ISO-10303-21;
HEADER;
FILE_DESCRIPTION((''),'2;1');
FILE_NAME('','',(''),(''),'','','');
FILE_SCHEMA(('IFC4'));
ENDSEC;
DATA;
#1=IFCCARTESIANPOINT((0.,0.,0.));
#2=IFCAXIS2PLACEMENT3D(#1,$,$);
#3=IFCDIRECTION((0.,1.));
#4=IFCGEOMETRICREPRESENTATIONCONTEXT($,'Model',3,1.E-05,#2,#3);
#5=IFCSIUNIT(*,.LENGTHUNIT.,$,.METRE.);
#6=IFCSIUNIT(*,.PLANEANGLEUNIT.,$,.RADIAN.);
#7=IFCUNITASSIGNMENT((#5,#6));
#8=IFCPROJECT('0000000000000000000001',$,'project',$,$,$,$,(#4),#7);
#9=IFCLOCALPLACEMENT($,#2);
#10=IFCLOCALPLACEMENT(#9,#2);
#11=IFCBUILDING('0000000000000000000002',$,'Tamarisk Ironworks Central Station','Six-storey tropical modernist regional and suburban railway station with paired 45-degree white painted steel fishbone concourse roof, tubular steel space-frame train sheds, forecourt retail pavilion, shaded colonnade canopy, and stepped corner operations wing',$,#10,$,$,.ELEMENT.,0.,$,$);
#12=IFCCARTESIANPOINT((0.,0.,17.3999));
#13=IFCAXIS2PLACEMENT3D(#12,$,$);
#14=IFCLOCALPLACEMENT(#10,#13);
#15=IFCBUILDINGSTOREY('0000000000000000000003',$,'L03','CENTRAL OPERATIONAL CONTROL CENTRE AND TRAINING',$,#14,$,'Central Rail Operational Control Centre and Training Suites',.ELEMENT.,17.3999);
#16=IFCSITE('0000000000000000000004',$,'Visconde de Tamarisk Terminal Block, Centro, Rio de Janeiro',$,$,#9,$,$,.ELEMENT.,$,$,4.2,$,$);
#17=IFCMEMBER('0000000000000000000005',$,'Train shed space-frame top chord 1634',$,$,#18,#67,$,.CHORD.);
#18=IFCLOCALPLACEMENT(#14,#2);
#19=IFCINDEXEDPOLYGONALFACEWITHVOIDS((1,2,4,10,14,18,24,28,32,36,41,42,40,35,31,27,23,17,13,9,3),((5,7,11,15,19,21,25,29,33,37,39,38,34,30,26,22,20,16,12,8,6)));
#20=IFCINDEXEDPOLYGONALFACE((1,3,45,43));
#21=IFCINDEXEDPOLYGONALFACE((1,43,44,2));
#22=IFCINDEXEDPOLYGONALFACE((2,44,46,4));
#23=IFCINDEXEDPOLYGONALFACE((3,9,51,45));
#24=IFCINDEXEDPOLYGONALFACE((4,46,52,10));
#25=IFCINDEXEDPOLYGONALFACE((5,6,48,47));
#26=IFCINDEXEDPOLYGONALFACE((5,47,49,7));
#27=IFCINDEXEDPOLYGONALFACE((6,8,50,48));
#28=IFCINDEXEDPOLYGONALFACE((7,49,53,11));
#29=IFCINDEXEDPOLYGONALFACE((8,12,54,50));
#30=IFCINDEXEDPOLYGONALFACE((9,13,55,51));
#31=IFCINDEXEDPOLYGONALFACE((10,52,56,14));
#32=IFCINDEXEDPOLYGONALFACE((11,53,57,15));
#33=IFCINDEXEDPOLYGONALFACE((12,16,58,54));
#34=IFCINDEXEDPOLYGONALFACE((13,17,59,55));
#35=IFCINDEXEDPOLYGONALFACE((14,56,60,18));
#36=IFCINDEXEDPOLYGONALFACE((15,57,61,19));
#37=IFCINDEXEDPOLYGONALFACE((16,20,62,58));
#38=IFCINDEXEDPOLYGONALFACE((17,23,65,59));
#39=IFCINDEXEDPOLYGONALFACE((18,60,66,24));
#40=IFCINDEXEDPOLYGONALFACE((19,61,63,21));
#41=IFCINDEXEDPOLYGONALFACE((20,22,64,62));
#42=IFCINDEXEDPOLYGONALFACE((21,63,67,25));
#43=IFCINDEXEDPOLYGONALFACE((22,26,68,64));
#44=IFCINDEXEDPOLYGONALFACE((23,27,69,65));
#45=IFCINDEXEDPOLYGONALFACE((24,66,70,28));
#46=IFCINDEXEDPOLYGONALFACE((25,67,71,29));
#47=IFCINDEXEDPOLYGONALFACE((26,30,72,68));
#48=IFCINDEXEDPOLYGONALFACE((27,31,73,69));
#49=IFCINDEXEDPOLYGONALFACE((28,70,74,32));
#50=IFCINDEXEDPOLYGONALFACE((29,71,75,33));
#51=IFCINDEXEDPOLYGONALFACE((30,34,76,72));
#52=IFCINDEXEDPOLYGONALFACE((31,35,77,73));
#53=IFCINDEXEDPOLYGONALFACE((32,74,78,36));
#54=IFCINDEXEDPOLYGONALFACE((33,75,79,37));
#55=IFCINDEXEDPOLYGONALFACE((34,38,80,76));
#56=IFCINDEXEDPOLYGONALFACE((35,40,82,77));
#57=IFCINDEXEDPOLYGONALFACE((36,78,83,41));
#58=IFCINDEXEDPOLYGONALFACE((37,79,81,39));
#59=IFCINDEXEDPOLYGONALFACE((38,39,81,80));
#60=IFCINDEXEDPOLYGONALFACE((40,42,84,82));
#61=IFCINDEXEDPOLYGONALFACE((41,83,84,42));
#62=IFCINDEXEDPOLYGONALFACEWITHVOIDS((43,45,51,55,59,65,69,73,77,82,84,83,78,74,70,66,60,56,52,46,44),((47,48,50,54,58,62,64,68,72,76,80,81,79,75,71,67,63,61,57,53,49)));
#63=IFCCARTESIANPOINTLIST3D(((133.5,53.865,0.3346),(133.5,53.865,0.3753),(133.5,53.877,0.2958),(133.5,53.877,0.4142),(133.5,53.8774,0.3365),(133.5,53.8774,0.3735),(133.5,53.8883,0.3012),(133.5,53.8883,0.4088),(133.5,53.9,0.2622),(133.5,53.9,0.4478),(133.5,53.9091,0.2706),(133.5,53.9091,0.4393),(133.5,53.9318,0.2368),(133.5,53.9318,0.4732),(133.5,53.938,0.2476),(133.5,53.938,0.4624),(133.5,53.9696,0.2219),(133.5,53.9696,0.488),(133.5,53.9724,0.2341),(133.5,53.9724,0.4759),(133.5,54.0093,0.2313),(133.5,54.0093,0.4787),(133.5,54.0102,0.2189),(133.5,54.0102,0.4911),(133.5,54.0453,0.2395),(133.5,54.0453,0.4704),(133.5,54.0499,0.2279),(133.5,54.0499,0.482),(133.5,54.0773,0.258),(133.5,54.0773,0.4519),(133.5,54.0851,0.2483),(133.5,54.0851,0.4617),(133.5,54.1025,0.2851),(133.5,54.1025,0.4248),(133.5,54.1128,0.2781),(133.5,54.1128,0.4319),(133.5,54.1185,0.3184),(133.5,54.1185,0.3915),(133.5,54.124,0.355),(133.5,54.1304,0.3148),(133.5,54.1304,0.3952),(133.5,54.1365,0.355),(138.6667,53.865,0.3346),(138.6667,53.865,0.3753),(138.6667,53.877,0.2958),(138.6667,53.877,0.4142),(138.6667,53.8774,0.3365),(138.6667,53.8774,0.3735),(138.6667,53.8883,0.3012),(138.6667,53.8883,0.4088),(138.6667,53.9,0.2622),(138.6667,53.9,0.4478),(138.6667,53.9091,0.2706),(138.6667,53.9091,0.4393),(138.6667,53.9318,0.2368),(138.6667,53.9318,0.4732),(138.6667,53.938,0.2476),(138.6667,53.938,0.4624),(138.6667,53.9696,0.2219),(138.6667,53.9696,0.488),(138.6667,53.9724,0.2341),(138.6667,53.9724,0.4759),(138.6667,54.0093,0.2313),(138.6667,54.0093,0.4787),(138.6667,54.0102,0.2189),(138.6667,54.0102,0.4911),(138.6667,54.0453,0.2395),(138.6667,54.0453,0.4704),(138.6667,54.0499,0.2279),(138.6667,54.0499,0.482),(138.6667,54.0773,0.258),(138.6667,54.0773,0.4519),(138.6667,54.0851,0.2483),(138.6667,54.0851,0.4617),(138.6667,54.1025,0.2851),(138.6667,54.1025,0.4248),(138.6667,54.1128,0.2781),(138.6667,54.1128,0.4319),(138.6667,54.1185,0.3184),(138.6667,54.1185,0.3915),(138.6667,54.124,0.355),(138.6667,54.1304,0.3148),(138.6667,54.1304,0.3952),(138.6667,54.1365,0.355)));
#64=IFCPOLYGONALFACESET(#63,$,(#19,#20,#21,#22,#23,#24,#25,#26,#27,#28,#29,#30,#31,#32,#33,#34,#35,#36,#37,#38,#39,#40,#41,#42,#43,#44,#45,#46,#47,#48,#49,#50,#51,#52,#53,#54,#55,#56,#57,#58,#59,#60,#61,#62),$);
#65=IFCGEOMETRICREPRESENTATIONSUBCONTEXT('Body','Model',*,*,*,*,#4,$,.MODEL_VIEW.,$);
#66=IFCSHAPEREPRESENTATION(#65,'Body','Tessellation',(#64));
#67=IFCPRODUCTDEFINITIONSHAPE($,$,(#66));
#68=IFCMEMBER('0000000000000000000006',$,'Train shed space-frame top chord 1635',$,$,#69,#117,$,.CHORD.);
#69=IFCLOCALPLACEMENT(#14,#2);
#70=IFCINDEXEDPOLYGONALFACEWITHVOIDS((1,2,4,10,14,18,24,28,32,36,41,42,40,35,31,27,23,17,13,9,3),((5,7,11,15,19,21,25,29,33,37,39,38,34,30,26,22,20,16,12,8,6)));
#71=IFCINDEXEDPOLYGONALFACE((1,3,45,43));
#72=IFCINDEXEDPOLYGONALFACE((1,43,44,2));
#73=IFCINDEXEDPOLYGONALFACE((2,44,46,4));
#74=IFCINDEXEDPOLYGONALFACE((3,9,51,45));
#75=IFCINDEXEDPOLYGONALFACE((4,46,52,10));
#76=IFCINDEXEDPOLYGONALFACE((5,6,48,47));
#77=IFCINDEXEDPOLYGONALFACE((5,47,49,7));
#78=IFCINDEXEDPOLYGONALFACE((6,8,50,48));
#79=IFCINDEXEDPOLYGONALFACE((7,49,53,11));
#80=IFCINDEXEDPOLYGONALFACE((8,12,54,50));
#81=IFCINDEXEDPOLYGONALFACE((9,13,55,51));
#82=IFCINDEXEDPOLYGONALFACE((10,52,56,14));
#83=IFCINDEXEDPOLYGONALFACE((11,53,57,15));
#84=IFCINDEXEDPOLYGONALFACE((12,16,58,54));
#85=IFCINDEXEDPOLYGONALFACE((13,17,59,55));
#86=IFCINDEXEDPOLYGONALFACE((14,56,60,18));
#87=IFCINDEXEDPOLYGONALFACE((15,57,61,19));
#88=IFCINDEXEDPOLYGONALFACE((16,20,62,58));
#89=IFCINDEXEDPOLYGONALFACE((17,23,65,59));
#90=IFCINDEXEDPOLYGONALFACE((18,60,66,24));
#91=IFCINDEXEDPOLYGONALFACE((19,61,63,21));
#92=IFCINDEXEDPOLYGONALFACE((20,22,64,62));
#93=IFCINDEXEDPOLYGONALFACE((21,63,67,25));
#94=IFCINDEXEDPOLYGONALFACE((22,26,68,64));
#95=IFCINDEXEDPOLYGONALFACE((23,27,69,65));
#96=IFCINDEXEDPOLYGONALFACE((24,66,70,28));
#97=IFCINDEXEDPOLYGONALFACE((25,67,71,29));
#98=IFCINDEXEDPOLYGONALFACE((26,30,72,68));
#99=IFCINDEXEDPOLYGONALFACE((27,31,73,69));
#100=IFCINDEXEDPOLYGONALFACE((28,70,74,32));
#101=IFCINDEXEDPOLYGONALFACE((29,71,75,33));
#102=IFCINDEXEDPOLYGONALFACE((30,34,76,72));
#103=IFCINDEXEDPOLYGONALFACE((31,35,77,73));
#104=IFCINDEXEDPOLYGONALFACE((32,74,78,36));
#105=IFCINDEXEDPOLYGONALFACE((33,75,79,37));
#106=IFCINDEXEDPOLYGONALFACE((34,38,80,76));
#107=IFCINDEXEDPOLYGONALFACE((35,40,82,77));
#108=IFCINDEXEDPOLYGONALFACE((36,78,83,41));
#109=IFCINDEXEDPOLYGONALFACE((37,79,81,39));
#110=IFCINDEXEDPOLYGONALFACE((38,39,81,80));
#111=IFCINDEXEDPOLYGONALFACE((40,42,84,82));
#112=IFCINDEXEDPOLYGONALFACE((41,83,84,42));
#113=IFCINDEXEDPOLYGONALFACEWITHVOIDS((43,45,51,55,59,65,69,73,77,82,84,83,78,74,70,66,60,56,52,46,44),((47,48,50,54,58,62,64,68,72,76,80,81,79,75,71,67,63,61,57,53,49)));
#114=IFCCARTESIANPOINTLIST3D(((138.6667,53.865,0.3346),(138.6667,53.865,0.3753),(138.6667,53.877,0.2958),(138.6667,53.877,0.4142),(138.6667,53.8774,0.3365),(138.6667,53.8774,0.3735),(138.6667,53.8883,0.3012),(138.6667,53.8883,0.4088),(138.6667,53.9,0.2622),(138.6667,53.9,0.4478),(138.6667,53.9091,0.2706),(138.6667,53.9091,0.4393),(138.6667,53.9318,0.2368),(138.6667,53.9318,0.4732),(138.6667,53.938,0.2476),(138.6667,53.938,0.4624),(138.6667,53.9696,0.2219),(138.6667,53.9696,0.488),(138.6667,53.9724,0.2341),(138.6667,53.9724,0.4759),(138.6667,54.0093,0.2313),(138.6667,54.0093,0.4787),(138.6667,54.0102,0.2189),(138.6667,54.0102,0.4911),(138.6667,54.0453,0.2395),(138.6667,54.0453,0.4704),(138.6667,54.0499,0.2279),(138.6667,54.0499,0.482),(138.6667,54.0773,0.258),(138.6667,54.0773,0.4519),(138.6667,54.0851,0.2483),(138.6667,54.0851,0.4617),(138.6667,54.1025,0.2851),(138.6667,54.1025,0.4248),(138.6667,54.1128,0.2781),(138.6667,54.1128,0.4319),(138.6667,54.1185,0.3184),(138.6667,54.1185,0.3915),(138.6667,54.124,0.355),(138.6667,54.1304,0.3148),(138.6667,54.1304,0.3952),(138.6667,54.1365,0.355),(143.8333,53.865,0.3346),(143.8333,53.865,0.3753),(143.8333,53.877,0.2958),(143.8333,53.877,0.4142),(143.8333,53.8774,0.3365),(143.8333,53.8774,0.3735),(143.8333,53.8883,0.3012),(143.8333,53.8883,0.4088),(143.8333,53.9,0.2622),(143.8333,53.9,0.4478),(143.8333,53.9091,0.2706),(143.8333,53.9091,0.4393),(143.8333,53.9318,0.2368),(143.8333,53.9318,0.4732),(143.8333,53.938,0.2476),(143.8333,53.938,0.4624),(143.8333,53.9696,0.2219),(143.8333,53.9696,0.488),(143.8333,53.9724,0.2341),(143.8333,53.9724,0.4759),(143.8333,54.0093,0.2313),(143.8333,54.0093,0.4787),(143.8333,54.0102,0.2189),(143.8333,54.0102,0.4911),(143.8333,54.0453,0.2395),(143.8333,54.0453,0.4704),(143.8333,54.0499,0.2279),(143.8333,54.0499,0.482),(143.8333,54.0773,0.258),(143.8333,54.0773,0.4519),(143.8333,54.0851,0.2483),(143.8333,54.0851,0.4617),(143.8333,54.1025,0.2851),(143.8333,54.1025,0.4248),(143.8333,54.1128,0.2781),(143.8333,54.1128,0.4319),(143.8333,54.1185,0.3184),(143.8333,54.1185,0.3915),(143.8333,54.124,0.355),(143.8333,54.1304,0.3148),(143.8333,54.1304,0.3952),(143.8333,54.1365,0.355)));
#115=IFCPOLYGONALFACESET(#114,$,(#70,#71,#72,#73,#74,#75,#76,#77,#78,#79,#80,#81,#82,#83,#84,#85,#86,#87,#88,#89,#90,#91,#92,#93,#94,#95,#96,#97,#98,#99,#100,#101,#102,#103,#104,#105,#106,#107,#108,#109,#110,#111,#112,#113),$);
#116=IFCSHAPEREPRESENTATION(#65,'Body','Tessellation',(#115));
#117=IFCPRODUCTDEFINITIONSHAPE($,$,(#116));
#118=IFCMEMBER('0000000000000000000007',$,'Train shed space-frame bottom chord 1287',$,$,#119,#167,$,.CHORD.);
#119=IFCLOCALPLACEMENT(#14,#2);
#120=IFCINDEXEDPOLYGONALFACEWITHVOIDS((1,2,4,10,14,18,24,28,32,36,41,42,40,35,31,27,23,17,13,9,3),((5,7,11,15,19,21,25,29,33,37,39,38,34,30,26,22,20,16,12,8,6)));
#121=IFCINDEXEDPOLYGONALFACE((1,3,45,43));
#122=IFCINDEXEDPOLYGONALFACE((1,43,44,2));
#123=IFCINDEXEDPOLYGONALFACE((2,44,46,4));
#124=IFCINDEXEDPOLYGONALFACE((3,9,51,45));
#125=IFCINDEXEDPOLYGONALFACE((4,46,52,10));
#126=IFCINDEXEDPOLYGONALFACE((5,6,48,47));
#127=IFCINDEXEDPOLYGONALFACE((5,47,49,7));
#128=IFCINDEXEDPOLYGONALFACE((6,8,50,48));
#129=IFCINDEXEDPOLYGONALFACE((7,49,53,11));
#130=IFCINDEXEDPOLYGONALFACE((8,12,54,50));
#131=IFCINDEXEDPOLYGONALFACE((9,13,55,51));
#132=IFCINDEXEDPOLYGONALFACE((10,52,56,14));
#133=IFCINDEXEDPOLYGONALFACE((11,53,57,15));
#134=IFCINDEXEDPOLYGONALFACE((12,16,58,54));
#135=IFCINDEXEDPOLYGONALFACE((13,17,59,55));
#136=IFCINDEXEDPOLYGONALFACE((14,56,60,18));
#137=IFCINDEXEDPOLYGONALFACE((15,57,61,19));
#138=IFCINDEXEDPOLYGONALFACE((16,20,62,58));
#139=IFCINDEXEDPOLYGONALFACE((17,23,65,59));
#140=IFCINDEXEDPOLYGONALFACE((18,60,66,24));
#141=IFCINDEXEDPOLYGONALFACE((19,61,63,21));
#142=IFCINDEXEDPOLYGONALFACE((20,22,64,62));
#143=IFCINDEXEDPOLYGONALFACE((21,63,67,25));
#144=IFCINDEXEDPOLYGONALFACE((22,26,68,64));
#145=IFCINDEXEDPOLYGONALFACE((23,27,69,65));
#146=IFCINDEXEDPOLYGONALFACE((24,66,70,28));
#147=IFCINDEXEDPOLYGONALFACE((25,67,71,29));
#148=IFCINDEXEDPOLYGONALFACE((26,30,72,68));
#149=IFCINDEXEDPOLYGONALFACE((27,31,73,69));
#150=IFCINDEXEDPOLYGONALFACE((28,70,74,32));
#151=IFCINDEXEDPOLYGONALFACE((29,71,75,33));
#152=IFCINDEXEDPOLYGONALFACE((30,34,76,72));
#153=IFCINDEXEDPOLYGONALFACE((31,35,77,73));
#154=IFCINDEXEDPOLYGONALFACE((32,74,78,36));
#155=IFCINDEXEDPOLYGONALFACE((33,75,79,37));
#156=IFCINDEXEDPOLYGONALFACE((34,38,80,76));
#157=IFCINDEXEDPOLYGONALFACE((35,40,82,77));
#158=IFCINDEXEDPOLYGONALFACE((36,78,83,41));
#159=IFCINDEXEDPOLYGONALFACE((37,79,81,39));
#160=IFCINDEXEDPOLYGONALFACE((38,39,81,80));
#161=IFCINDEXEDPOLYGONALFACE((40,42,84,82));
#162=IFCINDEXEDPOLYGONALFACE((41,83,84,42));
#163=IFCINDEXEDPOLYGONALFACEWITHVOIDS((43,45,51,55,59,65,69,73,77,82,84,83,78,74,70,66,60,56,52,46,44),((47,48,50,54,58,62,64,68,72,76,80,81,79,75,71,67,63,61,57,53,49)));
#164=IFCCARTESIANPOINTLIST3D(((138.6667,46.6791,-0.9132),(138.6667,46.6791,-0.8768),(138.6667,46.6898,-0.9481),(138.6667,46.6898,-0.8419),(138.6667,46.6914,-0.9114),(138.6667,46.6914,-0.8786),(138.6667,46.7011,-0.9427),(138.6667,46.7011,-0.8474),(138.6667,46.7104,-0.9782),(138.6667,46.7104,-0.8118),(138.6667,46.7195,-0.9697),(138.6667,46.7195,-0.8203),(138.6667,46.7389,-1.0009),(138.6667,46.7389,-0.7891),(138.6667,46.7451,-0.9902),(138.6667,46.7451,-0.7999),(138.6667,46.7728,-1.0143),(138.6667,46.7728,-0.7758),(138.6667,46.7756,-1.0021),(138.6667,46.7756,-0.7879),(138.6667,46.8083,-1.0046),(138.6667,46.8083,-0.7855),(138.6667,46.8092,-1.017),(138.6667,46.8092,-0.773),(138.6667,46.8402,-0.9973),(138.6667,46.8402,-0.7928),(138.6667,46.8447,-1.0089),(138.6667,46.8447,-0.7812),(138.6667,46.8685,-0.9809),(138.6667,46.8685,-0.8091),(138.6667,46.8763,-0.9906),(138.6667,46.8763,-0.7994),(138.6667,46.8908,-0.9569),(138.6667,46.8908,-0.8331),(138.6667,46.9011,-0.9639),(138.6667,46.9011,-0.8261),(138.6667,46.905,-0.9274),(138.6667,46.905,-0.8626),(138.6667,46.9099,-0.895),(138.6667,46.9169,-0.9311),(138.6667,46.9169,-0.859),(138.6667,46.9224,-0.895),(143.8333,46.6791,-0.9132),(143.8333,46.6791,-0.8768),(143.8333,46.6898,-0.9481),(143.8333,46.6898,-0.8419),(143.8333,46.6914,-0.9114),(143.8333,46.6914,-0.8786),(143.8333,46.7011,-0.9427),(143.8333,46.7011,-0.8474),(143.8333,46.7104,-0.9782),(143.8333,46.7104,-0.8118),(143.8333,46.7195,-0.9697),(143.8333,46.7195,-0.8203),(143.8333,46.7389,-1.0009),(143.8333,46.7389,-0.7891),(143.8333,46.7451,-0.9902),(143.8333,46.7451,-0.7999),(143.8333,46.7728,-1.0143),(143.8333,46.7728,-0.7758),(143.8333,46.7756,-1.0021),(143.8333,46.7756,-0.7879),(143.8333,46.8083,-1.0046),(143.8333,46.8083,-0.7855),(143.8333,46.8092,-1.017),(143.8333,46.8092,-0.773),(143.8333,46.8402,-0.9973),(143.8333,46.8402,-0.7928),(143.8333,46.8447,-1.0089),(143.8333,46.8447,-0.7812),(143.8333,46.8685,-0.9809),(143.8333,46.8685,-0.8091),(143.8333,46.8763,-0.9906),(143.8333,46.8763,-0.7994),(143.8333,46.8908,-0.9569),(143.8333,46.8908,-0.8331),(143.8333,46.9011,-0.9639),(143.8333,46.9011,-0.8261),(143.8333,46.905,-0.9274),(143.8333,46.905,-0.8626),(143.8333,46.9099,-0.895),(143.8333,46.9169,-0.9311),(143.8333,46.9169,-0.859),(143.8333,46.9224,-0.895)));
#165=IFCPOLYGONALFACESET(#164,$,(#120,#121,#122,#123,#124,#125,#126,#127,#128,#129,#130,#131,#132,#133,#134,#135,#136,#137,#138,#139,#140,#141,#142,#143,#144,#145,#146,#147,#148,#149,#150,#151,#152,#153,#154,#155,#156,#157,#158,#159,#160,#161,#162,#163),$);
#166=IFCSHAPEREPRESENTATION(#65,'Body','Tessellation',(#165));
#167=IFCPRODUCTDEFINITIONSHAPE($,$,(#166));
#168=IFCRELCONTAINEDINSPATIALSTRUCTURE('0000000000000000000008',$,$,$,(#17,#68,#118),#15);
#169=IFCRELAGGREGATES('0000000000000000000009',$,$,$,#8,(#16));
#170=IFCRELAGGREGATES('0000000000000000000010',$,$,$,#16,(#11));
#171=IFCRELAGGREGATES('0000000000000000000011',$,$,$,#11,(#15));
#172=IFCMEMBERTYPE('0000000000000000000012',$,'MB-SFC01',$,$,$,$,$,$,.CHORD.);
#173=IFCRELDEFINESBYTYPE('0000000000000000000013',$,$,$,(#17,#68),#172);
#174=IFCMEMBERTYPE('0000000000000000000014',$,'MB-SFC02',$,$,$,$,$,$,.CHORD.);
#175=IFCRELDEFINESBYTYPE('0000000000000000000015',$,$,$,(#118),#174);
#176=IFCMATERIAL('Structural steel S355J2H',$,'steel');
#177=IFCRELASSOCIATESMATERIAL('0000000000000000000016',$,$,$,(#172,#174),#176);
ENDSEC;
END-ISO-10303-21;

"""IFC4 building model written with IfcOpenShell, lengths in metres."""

from ifc_helpers import new_model, si_unit, direction, frame, origin, origin_2d, place, context, subcontext, project, spatial, hollow_circle, extrude, material, material_profile, profile_set, type_object, element, save


model = new_model("IFC4")

# Units and contexts
model_context = context("Model", 3, precision=1e-05, world=origin(), true_north=direction((0.0, 1.0)))
body_context = subcontext(model_context, "Body", "Model", "MODEL_VIEW")
ifc_project = project(units=[si_unit("LENGTHUNIT", "METRE"), si_unit("PLANEANGLEUNIT", "RADIAN")], contexts=[model_context])

# Site, building, storey
site_placement = place(None, origin())
site = spatial("IfcSite", under=ifc_project, at=site_placement, Name="Visconde de Tamarisk Terminal Block, Centro, Rio de Janeiro", CompositionType="ELEMENT", RefElevation=4.2)
building_placement = place(site_placement, origin())
building = spatial("IfcBuilding", under=site, at=building_placement, Name="Tamarisk Ironworks Central Station", Description="Six-storey tropical modernist regional and suburban railway station with paired 45-degree white painted steel fishbone concourse roof, tubular steel space-frame train sheds, forecourt retail pavilion, shaded colonnade canopy, and stepped corner operations wing", CompositionType="ELEMENT", ElevationOfRefHeight=0.0)
storey_placement = place(building_placement, frame((0.0, 0.0, 17.3999)))
storey = spatial("IfcBuildingStorey", under=building, at=storey_placement, Name="L03", Description="CENTRAL OPERATIONAL CONTROL CENTRE AND TRAINING", LongName="Central Rail Operational Control Centre and Training Suites", CompositionType="ELEMENT", Elevation=17.3999)

# Members
ifc_material = material(Name="Structural steel S355J2H", Category="steel")
ifc_material_profile_1 = material_profile(ifc_material, hollow_circle(Radius=0.1365, WallThickness=0.0125, at=origin_2d()), Name="CHS 273x12.5")
ifc_profile_set_1 = profile_set([ifc_material_profile_1], Name="Structural steel S355J2H")
member_type_1 = type_object("IfcMemberType", Name="MB-SFC01", PredefinedType="CHORD", material=ifc_profile_set_1)
member_1_placement = place(storey_placement, frame((133.5, 54.0, 0.355), z_axis=(1.0, 0.0, 0.0), x_axis=(0.0, 1.0, 0.0)))
element("IfcMember", 1, at=member_1_placement, inside=storey, type_object=member_type_1, Name="Train shed space-frame top chord 1634", PredefinedType="CHORD", context=body_context, shape_type="SweptSolid", body=[
    extrude(hollow_circle(Radius=0.1365, WallThickness=0.0125, at=origin_2d()), origin(), (0.0, 0.0, 1.0), 5.1667),
])
member_2_placement = place(storey_placement, frame((138.6667, 54.0, 0.355), z_axis=(1.0, 0.0, 0.0), x_axis=(0.0, 1.0, 0.0)))
element("IfcMember", 2, at=member_2_placement, inside=storey, type_object=member_type_1, Name="Train shed space-frame top chord 1635", PredefinedType="CHORD", context=body_context, shape_type="SweptSolid", body=[
    extrude(hollow_circle(Radius=0.1365, WallThickness=0.0125, at=origin_2d()), origin(), (0.0, 0.0, 1.0), 5.1665),
])
ifc_material_profile_2 = material_profile(ifc_material, hollow_circle(Radius=0.1223, WallThickness=0.0125, at=origin_2d()), Name="CHS 244.5x12.5")
ifc_profile_set_2 = profile_set([ifc_material_profile_2], Name="Structural steel S355J2H")
member_type_2 = type_object("IfcMemberType", Name="MB-SFC02", PredefinedType="CHORD", material=ifc_profile_set_2)
member_3_placement = place(storey_placement, frame((138.6667, 46.8, -0.895), z_axis=(1.0, 0.0, 0.0), x_axis=(0.0, 1.0, 0.0)))
element("IfcMember", 3, at=member_3_placement, inside=storey, type_object=member_type_2, Name="Train shed space-frame bottom chord 1287", PredefinedType="CHORD", context=body_context, shape_type="SweptSolid", body=[
    extrude(hollow_circle(Radius=0.1223, WallThickness=0.0125, at=origin_2d()), origin(), (0.0, 0.0, 1.0), 5.1665),
])

save(model, "model.ifc")
